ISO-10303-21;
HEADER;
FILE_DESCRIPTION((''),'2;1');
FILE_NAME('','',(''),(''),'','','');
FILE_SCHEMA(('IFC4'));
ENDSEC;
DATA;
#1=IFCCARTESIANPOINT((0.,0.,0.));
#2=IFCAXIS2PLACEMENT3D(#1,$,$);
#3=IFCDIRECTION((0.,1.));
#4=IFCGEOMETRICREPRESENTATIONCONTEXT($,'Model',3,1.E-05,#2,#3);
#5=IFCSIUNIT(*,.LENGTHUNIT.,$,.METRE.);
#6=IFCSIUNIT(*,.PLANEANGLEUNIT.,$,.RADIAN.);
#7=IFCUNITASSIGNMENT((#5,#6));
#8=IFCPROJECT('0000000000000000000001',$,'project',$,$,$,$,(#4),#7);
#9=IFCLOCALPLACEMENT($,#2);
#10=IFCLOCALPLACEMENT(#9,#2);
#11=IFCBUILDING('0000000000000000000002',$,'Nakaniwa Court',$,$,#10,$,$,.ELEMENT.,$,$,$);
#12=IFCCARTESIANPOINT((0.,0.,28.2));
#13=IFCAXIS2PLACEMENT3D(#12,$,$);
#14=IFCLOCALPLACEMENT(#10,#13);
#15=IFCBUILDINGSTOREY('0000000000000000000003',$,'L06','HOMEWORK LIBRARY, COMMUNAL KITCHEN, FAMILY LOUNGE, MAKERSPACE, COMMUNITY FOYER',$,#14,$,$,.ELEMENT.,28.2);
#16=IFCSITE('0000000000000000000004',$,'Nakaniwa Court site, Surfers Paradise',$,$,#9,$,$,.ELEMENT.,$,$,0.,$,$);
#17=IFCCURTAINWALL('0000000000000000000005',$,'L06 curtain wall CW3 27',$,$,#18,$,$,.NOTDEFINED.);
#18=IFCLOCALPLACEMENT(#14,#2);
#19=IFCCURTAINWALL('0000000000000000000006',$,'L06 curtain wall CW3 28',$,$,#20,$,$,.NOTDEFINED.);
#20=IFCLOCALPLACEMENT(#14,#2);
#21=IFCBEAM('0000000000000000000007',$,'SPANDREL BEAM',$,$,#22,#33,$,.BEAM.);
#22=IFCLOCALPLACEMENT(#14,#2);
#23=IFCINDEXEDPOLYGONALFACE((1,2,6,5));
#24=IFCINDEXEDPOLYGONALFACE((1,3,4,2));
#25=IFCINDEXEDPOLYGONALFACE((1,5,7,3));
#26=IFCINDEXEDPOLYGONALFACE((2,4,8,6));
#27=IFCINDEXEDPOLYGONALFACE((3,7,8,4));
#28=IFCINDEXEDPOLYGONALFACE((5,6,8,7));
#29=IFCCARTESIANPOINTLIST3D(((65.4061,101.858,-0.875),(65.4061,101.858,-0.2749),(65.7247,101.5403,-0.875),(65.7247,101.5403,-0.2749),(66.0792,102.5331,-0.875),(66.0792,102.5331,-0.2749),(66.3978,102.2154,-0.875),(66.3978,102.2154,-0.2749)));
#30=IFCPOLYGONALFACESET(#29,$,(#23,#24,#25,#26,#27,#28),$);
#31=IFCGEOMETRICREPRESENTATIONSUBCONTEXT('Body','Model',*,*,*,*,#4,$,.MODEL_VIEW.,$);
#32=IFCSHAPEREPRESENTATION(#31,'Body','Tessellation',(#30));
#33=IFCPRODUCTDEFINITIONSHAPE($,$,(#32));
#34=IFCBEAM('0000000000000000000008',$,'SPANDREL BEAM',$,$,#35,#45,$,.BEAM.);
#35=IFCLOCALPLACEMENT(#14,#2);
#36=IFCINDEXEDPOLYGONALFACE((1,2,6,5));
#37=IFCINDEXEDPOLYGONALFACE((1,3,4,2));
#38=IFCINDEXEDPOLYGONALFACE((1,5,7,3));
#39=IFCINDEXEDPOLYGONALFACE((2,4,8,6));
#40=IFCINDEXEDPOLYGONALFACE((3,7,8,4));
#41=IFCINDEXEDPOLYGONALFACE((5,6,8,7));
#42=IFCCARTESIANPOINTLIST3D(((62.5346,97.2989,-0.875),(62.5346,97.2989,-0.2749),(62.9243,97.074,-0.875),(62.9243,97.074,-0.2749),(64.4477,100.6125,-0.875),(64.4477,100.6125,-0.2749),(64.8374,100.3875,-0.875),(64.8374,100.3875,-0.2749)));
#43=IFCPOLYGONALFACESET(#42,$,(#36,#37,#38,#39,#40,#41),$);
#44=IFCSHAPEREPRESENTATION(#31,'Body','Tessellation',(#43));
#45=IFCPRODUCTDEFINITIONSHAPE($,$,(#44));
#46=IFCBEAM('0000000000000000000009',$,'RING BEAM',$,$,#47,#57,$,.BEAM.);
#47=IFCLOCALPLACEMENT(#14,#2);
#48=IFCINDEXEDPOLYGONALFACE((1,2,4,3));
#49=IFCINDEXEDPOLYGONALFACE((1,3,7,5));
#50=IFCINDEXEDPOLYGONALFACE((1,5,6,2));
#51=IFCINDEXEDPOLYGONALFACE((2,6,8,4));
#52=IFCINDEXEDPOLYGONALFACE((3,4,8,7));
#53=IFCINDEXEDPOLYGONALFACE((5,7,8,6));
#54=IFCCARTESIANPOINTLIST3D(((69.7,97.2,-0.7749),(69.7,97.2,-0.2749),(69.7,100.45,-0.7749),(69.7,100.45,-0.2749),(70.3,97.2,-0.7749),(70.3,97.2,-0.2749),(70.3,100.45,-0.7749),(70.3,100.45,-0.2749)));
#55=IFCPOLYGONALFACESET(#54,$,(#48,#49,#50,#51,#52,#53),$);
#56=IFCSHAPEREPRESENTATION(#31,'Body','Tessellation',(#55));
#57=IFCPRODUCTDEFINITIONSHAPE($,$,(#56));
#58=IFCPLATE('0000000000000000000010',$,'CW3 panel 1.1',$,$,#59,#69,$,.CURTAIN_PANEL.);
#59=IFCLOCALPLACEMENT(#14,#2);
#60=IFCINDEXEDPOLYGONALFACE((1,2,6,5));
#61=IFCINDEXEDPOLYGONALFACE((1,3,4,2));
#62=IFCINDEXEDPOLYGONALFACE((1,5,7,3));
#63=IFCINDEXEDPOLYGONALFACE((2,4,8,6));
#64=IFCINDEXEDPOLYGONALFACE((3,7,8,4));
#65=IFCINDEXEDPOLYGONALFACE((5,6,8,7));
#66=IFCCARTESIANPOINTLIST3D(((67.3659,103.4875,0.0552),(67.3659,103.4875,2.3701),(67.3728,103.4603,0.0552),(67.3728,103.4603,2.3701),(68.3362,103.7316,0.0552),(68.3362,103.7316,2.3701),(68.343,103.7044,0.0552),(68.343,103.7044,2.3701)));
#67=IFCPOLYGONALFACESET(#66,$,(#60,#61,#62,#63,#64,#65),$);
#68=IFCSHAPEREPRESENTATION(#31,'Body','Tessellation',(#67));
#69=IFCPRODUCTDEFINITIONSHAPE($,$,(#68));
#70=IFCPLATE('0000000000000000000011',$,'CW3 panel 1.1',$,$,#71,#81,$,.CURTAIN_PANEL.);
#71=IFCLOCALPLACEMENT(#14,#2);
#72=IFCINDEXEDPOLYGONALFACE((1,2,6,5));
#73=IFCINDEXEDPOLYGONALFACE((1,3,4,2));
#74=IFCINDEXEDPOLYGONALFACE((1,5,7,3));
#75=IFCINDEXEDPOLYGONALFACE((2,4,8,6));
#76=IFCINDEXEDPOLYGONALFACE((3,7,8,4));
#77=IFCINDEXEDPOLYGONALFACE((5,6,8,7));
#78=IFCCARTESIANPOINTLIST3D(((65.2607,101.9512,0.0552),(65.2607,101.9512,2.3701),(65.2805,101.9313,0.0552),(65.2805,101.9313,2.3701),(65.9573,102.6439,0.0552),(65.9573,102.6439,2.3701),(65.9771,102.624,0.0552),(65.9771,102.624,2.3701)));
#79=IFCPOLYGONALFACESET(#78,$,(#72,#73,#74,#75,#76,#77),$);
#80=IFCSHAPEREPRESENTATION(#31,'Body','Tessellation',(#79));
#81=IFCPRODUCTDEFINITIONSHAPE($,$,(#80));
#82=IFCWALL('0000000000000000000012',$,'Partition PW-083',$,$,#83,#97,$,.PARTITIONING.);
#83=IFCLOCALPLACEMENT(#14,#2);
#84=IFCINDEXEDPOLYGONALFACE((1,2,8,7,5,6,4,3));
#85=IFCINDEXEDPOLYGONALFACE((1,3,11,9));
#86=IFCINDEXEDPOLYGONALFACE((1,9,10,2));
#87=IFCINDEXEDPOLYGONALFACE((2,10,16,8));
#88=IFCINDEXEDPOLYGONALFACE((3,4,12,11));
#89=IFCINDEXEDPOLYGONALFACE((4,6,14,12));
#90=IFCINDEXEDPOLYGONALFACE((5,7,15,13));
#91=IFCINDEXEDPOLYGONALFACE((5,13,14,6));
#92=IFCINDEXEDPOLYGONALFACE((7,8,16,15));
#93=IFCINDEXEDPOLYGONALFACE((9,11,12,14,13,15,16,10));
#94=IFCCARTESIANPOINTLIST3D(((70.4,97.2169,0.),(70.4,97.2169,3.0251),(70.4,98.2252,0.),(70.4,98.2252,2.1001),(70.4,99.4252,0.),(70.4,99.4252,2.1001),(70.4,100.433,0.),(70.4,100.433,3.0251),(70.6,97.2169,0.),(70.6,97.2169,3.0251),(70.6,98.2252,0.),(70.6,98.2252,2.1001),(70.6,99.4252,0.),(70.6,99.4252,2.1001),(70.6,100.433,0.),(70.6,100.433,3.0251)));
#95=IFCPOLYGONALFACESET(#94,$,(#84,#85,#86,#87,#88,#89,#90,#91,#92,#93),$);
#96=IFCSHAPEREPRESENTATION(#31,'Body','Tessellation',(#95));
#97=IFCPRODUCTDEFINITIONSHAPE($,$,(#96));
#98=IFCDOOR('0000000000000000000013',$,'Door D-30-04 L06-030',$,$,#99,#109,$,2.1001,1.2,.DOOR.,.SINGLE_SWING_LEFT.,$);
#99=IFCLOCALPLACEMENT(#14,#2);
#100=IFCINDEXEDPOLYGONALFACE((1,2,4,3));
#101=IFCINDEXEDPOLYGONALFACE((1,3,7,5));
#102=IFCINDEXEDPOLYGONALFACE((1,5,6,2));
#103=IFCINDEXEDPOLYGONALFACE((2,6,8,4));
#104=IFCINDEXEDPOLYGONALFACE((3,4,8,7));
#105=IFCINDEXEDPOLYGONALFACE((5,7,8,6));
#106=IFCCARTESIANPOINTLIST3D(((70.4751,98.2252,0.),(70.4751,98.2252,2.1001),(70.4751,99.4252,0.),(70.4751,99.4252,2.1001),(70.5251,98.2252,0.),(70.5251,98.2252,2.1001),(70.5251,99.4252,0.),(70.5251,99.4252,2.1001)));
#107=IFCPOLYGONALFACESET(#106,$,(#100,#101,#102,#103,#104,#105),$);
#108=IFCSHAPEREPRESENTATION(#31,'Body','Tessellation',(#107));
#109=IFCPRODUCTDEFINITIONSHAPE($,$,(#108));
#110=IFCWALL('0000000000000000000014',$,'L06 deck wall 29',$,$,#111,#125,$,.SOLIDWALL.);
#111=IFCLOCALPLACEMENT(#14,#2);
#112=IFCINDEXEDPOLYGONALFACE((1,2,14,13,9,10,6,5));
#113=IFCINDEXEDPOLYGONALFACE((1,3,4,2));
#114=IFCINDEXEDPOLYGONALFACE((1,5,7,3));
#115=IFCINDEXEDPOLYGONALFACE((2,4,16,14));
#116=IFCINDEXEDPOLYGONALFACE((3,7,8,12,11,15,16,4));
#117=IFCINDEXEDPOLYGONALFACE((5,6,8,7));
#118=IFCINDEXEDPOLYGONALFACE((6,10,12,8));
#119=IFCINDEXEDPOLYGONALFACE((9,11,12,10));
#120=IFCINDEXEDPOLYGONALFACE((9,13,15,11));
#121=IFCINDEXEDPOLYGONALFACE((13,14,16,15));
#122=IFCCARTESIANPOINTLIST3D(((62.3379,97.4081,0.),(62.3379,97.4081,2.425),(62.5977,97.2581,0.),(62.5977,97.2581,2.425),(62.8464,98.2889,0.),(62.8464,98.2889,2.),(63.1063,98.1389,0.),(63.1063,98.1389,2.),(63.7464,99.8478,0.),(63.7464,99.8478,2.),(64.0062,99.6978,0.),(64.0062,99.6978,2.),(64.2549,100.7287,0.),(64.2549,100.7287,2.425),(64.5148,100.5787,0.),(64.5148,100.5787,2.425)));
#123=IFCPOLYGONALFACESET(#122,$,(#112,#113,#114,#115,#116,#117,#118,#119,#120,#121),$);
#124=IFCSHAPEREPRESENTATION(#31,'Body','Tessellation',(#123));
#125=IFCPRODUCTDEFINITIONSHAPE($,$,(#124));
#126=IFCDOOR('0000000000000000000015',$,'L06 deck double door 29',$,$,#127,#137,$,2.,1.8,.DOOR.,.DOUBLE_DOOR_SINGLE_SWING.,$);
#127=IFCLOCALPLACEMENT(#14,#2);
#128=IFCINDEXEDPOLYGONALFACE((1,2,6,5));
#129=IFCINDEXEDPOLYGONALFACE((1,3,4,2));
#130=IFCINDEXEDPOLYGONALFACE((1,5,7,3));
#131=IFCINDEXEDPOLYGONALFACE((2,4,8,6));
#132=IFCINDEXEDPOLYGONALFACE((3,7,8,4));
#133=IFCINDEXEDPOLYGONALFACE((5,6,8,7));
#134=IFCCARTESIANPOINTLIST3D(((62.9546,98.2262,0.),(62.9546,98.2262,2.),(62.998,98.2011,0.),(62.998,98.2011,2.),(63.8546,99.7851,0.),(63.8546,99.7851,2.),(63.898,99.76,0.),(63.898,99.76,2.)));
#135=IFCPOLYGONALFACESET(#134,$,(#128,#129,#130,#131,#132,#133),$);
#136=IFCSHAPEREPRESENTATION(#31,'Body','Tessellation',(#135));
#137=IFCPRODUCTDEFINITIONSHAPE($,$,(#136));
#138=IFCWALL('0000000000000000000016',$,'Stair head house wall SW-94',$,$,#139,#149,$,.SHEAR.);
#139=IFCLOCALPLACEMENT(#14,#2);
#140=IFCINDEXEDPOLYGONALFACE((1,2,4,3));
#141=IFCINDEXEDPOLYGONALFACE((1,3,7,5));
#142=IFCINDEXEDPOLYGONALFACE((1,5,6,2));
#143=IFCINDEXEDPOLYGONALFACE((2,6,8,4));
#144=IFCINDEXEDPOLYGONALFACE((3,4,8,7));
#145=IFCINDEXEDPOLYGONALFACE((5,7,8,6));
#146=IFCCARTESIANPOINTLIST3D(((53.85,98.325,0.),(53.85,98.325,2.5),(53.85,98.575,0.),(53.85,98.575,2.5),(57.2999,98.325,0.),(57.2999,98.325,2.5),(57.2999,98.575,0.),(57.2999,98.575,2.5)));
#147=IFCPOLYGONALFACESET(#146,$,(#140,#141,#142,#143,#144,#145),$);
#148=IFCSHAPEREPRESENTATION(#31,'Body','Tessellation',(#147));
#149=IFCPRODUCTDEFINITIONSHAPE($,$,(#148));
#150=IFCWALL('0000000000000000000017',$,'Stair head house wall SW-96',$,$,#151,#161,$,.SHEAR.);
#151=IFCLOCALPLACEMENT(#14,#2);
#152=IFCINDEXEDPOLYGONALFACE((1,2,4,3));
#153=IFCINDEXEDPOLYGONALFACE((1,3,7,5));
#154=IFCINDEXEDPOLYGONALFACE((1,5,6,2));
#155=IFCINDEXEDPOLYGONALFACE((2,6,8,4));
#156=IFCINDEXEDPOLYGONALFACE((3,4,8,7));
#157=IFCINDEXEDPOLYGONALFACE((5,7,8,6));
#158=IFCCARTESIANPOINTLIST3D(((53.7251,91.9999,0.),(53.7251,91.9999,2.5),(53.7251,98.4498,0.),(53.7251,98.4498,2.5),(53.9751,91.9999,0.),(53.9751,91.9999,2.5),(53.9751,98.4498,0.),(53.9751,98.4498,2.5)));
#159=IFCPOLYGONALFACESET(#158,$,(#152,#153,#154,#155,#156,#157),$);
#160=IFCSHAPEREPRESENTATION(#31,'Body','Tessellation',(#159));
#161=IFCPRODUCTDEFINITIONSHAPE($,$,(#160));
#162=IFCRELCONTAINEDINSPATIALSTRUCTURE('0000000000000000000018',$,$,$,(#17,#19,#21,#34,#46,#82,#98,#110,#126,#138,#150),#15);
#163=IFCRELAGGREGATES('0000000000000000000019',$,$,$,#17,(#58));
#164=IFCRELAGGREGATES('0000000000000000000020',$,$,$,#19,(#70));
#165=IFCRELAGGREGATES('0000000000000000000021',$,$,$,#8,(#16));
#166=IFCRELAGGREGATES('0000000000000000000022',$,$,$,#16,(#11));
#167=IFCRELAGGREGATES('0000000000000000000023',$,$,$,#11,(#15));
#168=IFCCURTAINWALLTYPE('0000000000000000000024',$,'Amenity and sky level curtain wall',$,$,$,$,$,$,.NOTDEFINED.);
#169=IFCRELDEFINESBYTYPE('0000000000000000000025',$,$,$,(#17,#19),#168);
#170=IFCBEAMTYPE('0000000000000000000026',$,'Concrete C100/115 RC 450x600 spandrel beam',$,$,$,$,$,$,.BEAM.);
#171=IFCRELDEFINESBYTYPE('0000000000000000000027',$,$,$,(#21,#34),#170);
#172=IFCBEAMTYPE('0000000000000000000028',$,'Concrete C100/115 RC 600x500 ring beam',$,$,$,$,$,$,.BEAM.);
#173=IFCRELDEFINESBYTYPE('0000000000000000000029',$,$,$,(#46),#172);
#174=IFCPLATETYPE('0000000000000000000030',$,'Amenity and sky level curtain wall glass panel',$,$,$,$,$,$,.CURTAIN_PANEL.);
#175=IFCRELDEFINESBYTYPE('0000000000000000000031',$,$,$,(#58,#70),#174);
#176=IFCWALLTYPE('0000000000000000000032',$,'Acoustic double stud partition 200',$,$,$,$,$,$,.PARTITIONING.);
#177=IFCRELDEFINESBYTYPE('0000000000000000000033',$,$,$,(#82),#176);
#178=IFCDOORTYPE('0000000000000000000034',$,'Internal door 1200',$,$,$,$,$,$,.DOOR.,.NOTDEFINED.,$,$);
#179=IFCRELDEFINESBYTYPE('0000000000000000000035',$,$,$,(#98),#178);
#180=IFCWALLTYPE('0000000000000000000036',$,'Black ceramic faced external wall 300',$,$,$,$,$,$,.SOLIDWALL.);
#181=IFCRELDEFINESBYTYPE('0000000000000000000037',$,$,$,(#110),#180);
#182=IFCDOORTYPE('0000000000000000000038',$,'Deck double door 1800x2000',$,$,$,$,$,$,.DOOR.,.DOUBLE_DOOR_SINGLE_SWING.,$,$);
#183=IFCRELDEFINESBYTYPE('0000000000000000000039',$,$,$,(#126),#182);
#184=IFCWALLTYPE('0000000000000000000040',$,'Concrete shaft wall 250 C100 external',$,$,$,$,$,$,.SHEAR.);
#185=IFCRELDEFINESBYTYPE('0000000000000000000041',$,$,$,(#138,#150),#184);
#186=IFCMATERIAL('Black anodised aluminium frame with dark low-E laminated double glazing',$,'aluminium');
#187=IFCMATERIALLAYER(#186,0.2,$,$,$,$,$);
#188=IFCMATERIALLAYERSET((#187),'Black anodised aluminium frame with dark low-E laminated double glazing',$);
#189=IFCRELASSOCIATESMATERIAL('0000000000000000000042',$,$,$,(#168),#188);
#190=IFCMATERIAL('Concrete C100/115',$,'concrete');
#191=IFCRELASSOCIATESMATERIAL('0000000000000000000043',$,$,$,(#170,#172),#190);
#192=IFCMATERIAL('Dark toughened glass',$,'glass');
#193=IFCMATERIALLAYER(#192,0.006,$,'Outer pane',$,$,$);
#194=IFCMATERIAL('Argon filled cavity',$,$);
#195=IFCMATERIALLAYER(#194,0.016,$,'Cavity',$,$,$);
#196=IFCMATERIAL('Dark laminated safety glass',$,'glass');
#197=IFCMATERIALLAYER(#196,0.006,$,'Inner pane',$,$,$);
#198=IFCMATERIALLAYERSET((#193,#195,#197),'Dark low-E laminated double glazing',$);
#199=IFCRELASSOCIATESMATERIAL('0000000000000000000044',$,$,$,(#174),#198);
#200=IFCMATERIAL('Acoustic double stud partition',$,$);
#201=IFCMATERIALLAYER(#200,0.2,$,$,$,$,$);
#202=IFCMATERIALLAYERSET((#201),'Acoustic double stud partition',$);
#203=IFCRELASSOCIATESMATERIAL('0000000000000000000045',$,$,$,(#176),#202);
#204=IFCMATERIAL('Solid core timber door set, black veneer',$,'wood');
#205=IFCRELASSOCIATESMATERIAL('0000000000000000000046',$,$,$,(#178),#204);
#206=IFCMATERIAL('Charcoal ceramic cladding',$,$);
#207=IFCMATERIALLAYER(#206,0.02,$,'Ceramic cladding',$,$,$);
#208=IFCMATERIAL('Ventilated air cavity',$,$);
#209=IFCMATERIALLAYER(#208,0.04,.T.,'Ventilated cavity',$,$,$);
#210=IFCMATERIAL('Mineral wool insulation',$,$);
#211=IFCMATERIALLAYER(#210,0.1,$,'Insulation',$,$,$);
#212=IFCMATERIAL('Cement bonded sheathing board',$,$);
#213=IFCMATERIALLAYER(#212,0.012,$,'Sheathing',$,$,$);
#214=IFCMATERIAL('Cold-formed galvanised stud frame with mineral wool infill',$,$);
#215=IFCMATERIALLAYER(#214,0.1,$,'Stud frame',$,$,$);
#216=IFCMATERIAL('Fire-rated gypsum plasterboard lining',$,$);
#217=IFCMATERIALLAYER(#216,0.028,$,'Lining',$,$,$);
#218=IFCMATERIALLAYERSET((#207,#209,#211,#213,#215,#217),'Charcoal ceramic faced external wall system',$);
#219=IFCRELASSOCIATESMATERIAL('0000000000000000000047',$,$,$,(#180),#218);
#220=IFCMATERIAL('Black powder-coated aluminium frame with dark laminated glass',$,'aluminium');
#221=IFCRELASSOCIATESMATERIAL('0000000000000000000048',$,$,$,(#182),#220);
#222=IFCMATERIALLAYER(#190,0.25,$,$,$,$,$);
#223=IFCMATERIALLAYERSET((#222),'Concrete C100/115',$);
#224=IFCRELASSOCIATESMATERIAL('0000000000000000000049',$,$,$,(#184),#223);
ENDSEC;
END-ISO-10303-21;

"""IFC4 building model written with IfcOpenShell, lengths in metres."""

from ifc_helpers import new_model, si_unit, direction, frame, frame_2d, origin, origin_2d, place, context, subcontext, project, spatial, rectangle, extrude, material, layer, layer_set, material_profile, profile_set, type_object, element, fill, aggregate, save


model = new_model("IFC4")

# Units and contexts
model_context = context("Model", 3, precision=1e-05, world=origin(), true_north=direction((0.0, 1.0)))
body_context = subcontext(model_context, "Body", "Model", "MODEL_VIEW")
ifc_project = project(units=[si_unit("LENGTHUNIT", "METRE"), si_unit("PLANEANGLEUNIT", "RADIAN")], contexts=[model_context])

# Site, building, storey
site_placement = place(None, origin())
site = spatial("IfcSite", under=ifc_project, at=site_placement, Name="Nakaniwa Court site, Surfers Paradise", CompositionType="ELEMENT", RefElevation=0.0)
building_placement = place(site_placement, origin())
building = spatial("IfcBuilding", under=site, at=building_placement, Name="Nakaniwa Court", CompositionType="ELEMENT")
storey_placement = place(building_placement, frame((0.0, 0.0, 28.2)))
storey = spatial("IfcBuildingStorey", under=building, at=storey_placement, Name="L06", Description="HOMEWORK LIBRARY, COMMUNAL KITCHEN, FAMILY LOUNGE, MAKERSPACE, COMMUNITY FOYER", CompositionType="ELEMENT", Elevation=28.2)

# Shared definitions
ifc_material_1 = material(Name="Concrete C100/115", Category="concrete")

# Shared definitions
ifc_material_2 = material(Name="Black anodised aluminium frame with dark low-E laminated double glazing", Category="aluminium")
ifc_layer_1 = layer(ifc_material_2, 0.2)
ifc_layer_set_1 = layer_set([ifc_layer_1], Name="Black anodised aluminium frame with dark low-E laminated double glazing")
curtain_wall_type = type_object("IfcCurtainWallType", Name="Amenity and sky level curtain wall", PredefinedType="NOTDEFINED", material=ifc_layer_set_1)

# Curtain walls
curtain_wall_1_placement = place(storey_placement, origin())
curtain_wall_1 = element("IfcCurtainWall", 1, at=curtain_wall_1_placement, inside=storey, type_object=curtain_wall_type, Name="L06 curtain wall CW3 27", PredefinedType="NOTDEFINED")
curtain_wall_2_placement = place(storey_placement, origin())
curtain_wall_2 = element("IfcCurtainWall", 2, at=curtain_wall_2_placement, inside=storey, type_object=curtain_wall_type, Name="L06 curtain wall CW3 28", PredefinedType="NOTDEFINED")

# Beams
ifc_material_profile_1 = material_profile(ifc_material_1, rectangle(XDim=0.45, YDim=0.6001, at=origin_2d()), Name="Concrete C100/115 RC 450x600 spandrel beam")
ifc_profile_set_1 = profile_set([ifc_material_profile_1], Name="Concrete C100/115")
beam_type_1 = type_object("IfcBeamType", Name="Concrete C100/115 RC 450x600 spandrel beam", PredefinedType="BEAM", material=ifc_profile_set_1)
beam_1_placement = place(storey_placement, frame((66.2385, 102.3743, -0.575), z_axis=(-0.706082, -0.70813, 0.0), x_axis=(0.70813, -0.706082, 0.0)))
element("IfcBeam", 3, at=beam_1_placement, inside=storey, type_object=beam_type_1, Name="SPANDREL BEAM", PredefinedType="BEAM", context=body_context, shape_type="SweptSolid", body=[
    extrude(rectangle(XDim=0.45, YDim=0.6001, at=origin_2d()), origin(), (0.0, 0.0, 1.0), 0.9534),
])
beam_2_placement = place(storey_placement, frame((64.6426, 100.5, -0.575), z_axis=(-0.50001, -0.86602, 0.0), x_axis=(0.86602, -0.50001, 0.0)))
element("IfcBeam", 4, at=beam_2_placement, inside=storey, type_object=beam_type_1, Name="SPANDREL BEAM", PredefinedType="BEAM", context=body_context, shape_type="SweptSolid", body=[
    extrude(rectangle(XDim=0.45, YDim=0.6001, at=origin_2d()), origin(), (0.0, 0.0, 1.0), 3.8262),
])
ifc_material_profile_2 = material_profile(ifc_material_1, rectangle(XDim=0.6001, YDim=0.5, at=origin_2d()), Name="Concrete C100/115 RC 600x500 ring beam")
ifc_profile_set_2 = profile_set([ifc_material_profile_2], Name="Concrete C100/115")
beam_type_2 = type_object("IfcBeamType", Name="Concrete C100/115 RC 600x500 ring beam", PredefinedType="BEAM", material=ifc_profile_set_2)
beam_3_placement = place(storey_placement, frame((70.0, 100.45, -0.5249), z_axis=(0.0, -1.0, 0.0), x_axis=(1.0, 0.0, 0.0)))
element("IfcBeam", 5, at=beam_3_placement, inside=storey, type_object=beam_type_2, Name="RING BEAM", PredefinedType="BEAM", context=body_context, shape_type="SweptSolid", body=[
    extrude(rectangle(XDim=0.6001, YDim=0.5, at=origin_2d()), origin(), (0.0, 0.0, 1.0), 3.25),
])

# Plates
ifc_material_3 = material(Name="Dark toughened glass", Category="glass")
ifc_layer_2 = layer(ifc_material_3, 0.006, Name="Outer pane")
ifc_material_4 = material(Name="Argon filled cavity")
ifc_layer_3 = layer(ifc_material_4, 0.016, Name="Cavity")
ifc_material_5 = material(Name="Dark laminated safety glass", Category="glass")
ifc_layer_4 = layer(ifc_material_5, 0.006, Name="Inner pane")
ifc_layer_set_2 = layer_set([ifc_layer_2, ifc_layer_3, ifc_layer_4], Name="Dark low-E laminated double glazing")
plate_type = type_object("IfcPlateType", Name="Amenity and sky level curtain wall glass panel", PredefinedType="CURTAIN_PANEL", material=ifc_layer_set_2)
plate_1_placement = place(storey_placement, frame((67.8545, 103.5959, 0.0552), z_axis=(0.0, 0.0, 1.0), x_axis=(-0.969792, -0.243934, 0.0)))
plate_1 = element("IfcPlate", 6, at=plate_1_placement, type_object=plate_type, Name="CW3 panel 1.1", PredefinedType="CURTAIN_PANEL", context=body_context, shape_type="SweptSolid", body=[
    extrude(rectangle(XDim=1.0005, YDim=0.0281, at=origin_2d()), origin(), (0.0, 0.0, 1.0), 2.3149),
])
aggregate(curtain_wall_1, [plate_1])
plate_2_placement = place(storey_placement, frame((65.6189, 102.2876, 0.0552), z_axis=(0.0, 0.0, 1.0), x_axis=(-0.709026, -0.705182, 0.0)))
plate_2 = element("IfcPlate", 7, at=plate_2_placement, type_object=plate_type, Name="CW3 panel 1.1", PredefinedType="CURTAIN_PANEL", context=body_context, shape_type="SweptSolid", body=[
    extrude(rectangle(XDim=0.9824, YDim=0.0281, at=origin_2d()), origin(), (0.0, 0.0, 1.0), 2.3149),
])
aggregate(curtain_wall_2, [plate_2])

# Walls, openings, doors
ifc_material_6 = material(Name="Acoustic double stud partition")
ifc_layer_5 = layer(ifc_material_6, 0.2)
ifc_layer_set_3 = layer_set([ifc_layer_5], Name="Acoustic double stud partition")
wall_type_1 = type_object("IfcWallType", Name="Acoustic double stud partition 200", PredefinedType="PARTITIONING", material=ifc_layer_set_3)
wall_1_placement = place(storey_placement, frame((70.5, 97.217, 0.0), z_axis=(0.0, 0.0, 1.0), x_axis=(0.0, 1.0, 0.0)))
wall_1 = element("IfcWall", 8, at=wall_1_placement, inside=storey, type_object=wall_type_1, Name="Partition PW-083", PredefinedType="PARTITIONING", context=body_context, shape_type="SweptSolid", body=[
    extrude(rectangle(XDim=3.2161, YDim=0.2, at=frame_2d((1.6079, 0.0))), origin(), (0.0, 0.0, 1.0), 3.0251),
])
opening_1_placement = place(wall_1_placement, frame((1.0081, 0.0, 0.0)))
opening_1 = element("IfcOpeningElement", 9, at=opening_1_placement, cuts=wall_1, PredefinedType="OPENING", context=body_context, shape_type="SweptSolid", body=[
    extrude(rectangle(XDim=1.2, YDim=2.1001, at=frame_2d((0.6001, 1.05))), frame((0.0, 0.1099, 0.0), z_axis=(0.0, -1.0, 0.0), x_axis=(1.0, 0.0, 0.0)), (0.0, 0.0, 1.0), 0.22),
])
ifc_material_7 = material(Name="Solid core timber door set, black veneer", Category="wood")
door_type_1 = type_object("IfcDoorType", Name="Internal door 1200", OperationType="NOTDEFINED", PredefinedType="DOOR", material=ifc_material_7)
door_1_placement = place(opening_1_placement, origin())
door_1 = element("IfcDoor", 10, at=door_1_placement, inside=storey, type_object=door_type_1, Name="Door D-30-04 L06-030", OperationType="SINGLE_SWING_LEFT", OverallHeight=2.1001, OverallWidth=1.2, PredefinedType="DOOR", context=body_context, shape_type="SweptSolid", body=[
    extrude(rectangle(XDim=1.2, YDim=2.1001, at=frame_2d((0.6001, 1.05))), frame((0.0, 0.0249, 0.0), z_axis=(0.0, -1.0, 0.0), x_axis=(1.0, 0.0, 0.0)), (0.0, 0.0, 1.0), 0.05),
])
fill(opening_1, door_1)
ifc_material_8 = material(Name="Charcoal ceramic cladding")
ifc_layer_6 = layer(ifc_material_8, 0.02, Name="Ceramic cladding")
ifc_material_9 = material(Name="Ventilated air cavity")
ifc_layer_7 = layer(ifc_material_9, 0.04, ventilated=True, Name="Ventilated cavity")
ifc_material_10 = material(Name="Mineral wool insulation")
ifc_layer_8 = layer(ifc_material_10, 0.1, Name="Insulation")
ifc_material_11 = material(Name="Cement bonded sheathing board")
ifc_layer_9 = layer(ifc_material_11, 0.012, Name="Sheathing")
ifc_material_12 = material(Name="Cold-formed galvanised stud frame with mineral wool infill")
ifc_layer_10 = layer(ifc_material_12, 0.1, Name="Stud frame")
ifc_material_13 = material(Name="Fire-rated gypsum plasterboard lining")
ifc_layer_11 = layer(ifc_material_13, 0.028, Name="Lining")
ifc_layer_set_4 = layer_set([ifc_layer_6, ifc_layer_7, ifc_layer_8, ifc_layer_9, ifc_layer_10, ifc_layer_11], Name="Charcoal ceramic faced external wall system")
wall_type_2 = type_object("IfcWallType", Name="Black ceramic faced external wall 300", PredefinedType="SOLIDWALL", material=ifc_layer_set_4)
wall_2_placement = place(storey_placement, frame((64.3848, 100.6536, 0.0), z_axis=(0.0, 0.0, 1.0), x_axis=(-0.499974, -0.86604, 0.0)))
wall_2 = element("IfcWall", 11, at=wall_2_placement, inside=storey, type_object=wall_type_2, Name="L06 deck wall 29", PredefinedType="SOLIDWALL", context=body_context, shape_type="SweptSolid", body=[
    extrude(rectangle(XDim=3.8342, YDim=0.3, at=frame_2d((1.917, 0.0))), origin(), (0.0, 0.0, 1.0), 2.425),
])
opening_2_placement = place(wall_2_placement, frame((1.0171, 0.0, 0.0)))
opening_2 = element("IfcOpeningElement", 12, at=opening_2_placement, cuts=wall_2, PredefinedType="OPENING", context=body_context, shape_type="SweptSolid", body=[
    extrude(rectangle(XDim=1.8, YDim=2.0, at=frame_2d((0.8999, 1.0))), frame((0.0, 0.1599, 0.0), z_axis=(0.0, -1.0, 0.0), x_axis=(1.0, 0.0, 0.0)), (0.0, 0.0, 1.0), 0.3201),
])
ifc_material_14 = material(Name="Black powder-coated aluminium frame with dark laminated glass", Category="aluminium")
door_type_2 = type_object("IfcDoorType", Name="Deck double door 1800x2000", OperationType="DOUBLE_DOOR_SINGLE_SWING", PredefinedType="DOOR", material=ifc_material_14)
door_2_placement = place(opening_2_placement, frame((1.8, 0.0, 0.0), z_axis=(0.0, 0.0, 1.0), x_axis=(-1.0, 0.0, 0.0)))
door_2 = element("IfcDoor", 13, at=door_2_placement, inside=storey, type_object=door_type_2, Name="L06 deck double door 29", OperationType="DOUBLE_DOOR_SINGLE_SWING", OverallHeight=2.0, OverallWidth=1.8, PredefinedType="DOOR", context=body_context, shape_type="SweptSolid", body=[
    extrude(rectangle(XDim=1.8, YDim=2.0, at=frame_2d((0.8999, 1.0))), frame((0.0, 0.0249, 0.0), z_axis=(0.0, -1.0, 0.0), x_axis=(1.0, 0.0, 0.0)), (0.0, 0.0, 1.0), 0.05),
])
fill(opening_2, door_2)

# Walls
ifc_layer_12 = layer(ifc_material_1, 0.25)
ifc_layer_set_5 = layer_set([ifc_layer_12], Name="Concrete C100/115")
wall_type_3 = type_object("IfcWallType", Name="Concrete shaft wall 250 C100 external", PredefinedType="SHEAR", material=ifc_layer_set_5)
wall_3_placement = place(storey_placement, frame((57.3, 98.45, 0.0), z_axis=(0.0, 0.0, 1.0), x_axis=(-1.0, 0.0, 0.0)))
element("IfcWall", 14, at=wall_3_placement, inside=storey, type_object=wall_type_3, Name="Stair head house wall SW-94", PredefinedType="SHEAR", context=body_context, shape_type="SweptSolid", body=[
    extrude(rectangle(XDim=3.45, YDim=0.25, at=frame_2d((1.7251, 0.0))), origin(), (0.0, 0.0, 1.0), 2.5),
])
wall_4_placement = place(storey_placement, frame((53.8501, 98.45, 0.0), z_axis=(0.0, 0.0, 1.0), x_axis=(0.0, -1.0, 0.0)))
element("IfcWall", 15, at=wall_4_placement, inside=storey, type_object=wall_type_3, Name="Stair head house wall SW-96", PredefinedType="SHEAR", context=body_context, shape_type="SweptSolid", body=[
    extrude(rectangle(XDim=6.45, YDim=0.25, at=frame_2d((3.2251, 0.0))), origin(), (0.0, 0.0, 1.0), 2.5),
])

save(model, "model.ifc")
